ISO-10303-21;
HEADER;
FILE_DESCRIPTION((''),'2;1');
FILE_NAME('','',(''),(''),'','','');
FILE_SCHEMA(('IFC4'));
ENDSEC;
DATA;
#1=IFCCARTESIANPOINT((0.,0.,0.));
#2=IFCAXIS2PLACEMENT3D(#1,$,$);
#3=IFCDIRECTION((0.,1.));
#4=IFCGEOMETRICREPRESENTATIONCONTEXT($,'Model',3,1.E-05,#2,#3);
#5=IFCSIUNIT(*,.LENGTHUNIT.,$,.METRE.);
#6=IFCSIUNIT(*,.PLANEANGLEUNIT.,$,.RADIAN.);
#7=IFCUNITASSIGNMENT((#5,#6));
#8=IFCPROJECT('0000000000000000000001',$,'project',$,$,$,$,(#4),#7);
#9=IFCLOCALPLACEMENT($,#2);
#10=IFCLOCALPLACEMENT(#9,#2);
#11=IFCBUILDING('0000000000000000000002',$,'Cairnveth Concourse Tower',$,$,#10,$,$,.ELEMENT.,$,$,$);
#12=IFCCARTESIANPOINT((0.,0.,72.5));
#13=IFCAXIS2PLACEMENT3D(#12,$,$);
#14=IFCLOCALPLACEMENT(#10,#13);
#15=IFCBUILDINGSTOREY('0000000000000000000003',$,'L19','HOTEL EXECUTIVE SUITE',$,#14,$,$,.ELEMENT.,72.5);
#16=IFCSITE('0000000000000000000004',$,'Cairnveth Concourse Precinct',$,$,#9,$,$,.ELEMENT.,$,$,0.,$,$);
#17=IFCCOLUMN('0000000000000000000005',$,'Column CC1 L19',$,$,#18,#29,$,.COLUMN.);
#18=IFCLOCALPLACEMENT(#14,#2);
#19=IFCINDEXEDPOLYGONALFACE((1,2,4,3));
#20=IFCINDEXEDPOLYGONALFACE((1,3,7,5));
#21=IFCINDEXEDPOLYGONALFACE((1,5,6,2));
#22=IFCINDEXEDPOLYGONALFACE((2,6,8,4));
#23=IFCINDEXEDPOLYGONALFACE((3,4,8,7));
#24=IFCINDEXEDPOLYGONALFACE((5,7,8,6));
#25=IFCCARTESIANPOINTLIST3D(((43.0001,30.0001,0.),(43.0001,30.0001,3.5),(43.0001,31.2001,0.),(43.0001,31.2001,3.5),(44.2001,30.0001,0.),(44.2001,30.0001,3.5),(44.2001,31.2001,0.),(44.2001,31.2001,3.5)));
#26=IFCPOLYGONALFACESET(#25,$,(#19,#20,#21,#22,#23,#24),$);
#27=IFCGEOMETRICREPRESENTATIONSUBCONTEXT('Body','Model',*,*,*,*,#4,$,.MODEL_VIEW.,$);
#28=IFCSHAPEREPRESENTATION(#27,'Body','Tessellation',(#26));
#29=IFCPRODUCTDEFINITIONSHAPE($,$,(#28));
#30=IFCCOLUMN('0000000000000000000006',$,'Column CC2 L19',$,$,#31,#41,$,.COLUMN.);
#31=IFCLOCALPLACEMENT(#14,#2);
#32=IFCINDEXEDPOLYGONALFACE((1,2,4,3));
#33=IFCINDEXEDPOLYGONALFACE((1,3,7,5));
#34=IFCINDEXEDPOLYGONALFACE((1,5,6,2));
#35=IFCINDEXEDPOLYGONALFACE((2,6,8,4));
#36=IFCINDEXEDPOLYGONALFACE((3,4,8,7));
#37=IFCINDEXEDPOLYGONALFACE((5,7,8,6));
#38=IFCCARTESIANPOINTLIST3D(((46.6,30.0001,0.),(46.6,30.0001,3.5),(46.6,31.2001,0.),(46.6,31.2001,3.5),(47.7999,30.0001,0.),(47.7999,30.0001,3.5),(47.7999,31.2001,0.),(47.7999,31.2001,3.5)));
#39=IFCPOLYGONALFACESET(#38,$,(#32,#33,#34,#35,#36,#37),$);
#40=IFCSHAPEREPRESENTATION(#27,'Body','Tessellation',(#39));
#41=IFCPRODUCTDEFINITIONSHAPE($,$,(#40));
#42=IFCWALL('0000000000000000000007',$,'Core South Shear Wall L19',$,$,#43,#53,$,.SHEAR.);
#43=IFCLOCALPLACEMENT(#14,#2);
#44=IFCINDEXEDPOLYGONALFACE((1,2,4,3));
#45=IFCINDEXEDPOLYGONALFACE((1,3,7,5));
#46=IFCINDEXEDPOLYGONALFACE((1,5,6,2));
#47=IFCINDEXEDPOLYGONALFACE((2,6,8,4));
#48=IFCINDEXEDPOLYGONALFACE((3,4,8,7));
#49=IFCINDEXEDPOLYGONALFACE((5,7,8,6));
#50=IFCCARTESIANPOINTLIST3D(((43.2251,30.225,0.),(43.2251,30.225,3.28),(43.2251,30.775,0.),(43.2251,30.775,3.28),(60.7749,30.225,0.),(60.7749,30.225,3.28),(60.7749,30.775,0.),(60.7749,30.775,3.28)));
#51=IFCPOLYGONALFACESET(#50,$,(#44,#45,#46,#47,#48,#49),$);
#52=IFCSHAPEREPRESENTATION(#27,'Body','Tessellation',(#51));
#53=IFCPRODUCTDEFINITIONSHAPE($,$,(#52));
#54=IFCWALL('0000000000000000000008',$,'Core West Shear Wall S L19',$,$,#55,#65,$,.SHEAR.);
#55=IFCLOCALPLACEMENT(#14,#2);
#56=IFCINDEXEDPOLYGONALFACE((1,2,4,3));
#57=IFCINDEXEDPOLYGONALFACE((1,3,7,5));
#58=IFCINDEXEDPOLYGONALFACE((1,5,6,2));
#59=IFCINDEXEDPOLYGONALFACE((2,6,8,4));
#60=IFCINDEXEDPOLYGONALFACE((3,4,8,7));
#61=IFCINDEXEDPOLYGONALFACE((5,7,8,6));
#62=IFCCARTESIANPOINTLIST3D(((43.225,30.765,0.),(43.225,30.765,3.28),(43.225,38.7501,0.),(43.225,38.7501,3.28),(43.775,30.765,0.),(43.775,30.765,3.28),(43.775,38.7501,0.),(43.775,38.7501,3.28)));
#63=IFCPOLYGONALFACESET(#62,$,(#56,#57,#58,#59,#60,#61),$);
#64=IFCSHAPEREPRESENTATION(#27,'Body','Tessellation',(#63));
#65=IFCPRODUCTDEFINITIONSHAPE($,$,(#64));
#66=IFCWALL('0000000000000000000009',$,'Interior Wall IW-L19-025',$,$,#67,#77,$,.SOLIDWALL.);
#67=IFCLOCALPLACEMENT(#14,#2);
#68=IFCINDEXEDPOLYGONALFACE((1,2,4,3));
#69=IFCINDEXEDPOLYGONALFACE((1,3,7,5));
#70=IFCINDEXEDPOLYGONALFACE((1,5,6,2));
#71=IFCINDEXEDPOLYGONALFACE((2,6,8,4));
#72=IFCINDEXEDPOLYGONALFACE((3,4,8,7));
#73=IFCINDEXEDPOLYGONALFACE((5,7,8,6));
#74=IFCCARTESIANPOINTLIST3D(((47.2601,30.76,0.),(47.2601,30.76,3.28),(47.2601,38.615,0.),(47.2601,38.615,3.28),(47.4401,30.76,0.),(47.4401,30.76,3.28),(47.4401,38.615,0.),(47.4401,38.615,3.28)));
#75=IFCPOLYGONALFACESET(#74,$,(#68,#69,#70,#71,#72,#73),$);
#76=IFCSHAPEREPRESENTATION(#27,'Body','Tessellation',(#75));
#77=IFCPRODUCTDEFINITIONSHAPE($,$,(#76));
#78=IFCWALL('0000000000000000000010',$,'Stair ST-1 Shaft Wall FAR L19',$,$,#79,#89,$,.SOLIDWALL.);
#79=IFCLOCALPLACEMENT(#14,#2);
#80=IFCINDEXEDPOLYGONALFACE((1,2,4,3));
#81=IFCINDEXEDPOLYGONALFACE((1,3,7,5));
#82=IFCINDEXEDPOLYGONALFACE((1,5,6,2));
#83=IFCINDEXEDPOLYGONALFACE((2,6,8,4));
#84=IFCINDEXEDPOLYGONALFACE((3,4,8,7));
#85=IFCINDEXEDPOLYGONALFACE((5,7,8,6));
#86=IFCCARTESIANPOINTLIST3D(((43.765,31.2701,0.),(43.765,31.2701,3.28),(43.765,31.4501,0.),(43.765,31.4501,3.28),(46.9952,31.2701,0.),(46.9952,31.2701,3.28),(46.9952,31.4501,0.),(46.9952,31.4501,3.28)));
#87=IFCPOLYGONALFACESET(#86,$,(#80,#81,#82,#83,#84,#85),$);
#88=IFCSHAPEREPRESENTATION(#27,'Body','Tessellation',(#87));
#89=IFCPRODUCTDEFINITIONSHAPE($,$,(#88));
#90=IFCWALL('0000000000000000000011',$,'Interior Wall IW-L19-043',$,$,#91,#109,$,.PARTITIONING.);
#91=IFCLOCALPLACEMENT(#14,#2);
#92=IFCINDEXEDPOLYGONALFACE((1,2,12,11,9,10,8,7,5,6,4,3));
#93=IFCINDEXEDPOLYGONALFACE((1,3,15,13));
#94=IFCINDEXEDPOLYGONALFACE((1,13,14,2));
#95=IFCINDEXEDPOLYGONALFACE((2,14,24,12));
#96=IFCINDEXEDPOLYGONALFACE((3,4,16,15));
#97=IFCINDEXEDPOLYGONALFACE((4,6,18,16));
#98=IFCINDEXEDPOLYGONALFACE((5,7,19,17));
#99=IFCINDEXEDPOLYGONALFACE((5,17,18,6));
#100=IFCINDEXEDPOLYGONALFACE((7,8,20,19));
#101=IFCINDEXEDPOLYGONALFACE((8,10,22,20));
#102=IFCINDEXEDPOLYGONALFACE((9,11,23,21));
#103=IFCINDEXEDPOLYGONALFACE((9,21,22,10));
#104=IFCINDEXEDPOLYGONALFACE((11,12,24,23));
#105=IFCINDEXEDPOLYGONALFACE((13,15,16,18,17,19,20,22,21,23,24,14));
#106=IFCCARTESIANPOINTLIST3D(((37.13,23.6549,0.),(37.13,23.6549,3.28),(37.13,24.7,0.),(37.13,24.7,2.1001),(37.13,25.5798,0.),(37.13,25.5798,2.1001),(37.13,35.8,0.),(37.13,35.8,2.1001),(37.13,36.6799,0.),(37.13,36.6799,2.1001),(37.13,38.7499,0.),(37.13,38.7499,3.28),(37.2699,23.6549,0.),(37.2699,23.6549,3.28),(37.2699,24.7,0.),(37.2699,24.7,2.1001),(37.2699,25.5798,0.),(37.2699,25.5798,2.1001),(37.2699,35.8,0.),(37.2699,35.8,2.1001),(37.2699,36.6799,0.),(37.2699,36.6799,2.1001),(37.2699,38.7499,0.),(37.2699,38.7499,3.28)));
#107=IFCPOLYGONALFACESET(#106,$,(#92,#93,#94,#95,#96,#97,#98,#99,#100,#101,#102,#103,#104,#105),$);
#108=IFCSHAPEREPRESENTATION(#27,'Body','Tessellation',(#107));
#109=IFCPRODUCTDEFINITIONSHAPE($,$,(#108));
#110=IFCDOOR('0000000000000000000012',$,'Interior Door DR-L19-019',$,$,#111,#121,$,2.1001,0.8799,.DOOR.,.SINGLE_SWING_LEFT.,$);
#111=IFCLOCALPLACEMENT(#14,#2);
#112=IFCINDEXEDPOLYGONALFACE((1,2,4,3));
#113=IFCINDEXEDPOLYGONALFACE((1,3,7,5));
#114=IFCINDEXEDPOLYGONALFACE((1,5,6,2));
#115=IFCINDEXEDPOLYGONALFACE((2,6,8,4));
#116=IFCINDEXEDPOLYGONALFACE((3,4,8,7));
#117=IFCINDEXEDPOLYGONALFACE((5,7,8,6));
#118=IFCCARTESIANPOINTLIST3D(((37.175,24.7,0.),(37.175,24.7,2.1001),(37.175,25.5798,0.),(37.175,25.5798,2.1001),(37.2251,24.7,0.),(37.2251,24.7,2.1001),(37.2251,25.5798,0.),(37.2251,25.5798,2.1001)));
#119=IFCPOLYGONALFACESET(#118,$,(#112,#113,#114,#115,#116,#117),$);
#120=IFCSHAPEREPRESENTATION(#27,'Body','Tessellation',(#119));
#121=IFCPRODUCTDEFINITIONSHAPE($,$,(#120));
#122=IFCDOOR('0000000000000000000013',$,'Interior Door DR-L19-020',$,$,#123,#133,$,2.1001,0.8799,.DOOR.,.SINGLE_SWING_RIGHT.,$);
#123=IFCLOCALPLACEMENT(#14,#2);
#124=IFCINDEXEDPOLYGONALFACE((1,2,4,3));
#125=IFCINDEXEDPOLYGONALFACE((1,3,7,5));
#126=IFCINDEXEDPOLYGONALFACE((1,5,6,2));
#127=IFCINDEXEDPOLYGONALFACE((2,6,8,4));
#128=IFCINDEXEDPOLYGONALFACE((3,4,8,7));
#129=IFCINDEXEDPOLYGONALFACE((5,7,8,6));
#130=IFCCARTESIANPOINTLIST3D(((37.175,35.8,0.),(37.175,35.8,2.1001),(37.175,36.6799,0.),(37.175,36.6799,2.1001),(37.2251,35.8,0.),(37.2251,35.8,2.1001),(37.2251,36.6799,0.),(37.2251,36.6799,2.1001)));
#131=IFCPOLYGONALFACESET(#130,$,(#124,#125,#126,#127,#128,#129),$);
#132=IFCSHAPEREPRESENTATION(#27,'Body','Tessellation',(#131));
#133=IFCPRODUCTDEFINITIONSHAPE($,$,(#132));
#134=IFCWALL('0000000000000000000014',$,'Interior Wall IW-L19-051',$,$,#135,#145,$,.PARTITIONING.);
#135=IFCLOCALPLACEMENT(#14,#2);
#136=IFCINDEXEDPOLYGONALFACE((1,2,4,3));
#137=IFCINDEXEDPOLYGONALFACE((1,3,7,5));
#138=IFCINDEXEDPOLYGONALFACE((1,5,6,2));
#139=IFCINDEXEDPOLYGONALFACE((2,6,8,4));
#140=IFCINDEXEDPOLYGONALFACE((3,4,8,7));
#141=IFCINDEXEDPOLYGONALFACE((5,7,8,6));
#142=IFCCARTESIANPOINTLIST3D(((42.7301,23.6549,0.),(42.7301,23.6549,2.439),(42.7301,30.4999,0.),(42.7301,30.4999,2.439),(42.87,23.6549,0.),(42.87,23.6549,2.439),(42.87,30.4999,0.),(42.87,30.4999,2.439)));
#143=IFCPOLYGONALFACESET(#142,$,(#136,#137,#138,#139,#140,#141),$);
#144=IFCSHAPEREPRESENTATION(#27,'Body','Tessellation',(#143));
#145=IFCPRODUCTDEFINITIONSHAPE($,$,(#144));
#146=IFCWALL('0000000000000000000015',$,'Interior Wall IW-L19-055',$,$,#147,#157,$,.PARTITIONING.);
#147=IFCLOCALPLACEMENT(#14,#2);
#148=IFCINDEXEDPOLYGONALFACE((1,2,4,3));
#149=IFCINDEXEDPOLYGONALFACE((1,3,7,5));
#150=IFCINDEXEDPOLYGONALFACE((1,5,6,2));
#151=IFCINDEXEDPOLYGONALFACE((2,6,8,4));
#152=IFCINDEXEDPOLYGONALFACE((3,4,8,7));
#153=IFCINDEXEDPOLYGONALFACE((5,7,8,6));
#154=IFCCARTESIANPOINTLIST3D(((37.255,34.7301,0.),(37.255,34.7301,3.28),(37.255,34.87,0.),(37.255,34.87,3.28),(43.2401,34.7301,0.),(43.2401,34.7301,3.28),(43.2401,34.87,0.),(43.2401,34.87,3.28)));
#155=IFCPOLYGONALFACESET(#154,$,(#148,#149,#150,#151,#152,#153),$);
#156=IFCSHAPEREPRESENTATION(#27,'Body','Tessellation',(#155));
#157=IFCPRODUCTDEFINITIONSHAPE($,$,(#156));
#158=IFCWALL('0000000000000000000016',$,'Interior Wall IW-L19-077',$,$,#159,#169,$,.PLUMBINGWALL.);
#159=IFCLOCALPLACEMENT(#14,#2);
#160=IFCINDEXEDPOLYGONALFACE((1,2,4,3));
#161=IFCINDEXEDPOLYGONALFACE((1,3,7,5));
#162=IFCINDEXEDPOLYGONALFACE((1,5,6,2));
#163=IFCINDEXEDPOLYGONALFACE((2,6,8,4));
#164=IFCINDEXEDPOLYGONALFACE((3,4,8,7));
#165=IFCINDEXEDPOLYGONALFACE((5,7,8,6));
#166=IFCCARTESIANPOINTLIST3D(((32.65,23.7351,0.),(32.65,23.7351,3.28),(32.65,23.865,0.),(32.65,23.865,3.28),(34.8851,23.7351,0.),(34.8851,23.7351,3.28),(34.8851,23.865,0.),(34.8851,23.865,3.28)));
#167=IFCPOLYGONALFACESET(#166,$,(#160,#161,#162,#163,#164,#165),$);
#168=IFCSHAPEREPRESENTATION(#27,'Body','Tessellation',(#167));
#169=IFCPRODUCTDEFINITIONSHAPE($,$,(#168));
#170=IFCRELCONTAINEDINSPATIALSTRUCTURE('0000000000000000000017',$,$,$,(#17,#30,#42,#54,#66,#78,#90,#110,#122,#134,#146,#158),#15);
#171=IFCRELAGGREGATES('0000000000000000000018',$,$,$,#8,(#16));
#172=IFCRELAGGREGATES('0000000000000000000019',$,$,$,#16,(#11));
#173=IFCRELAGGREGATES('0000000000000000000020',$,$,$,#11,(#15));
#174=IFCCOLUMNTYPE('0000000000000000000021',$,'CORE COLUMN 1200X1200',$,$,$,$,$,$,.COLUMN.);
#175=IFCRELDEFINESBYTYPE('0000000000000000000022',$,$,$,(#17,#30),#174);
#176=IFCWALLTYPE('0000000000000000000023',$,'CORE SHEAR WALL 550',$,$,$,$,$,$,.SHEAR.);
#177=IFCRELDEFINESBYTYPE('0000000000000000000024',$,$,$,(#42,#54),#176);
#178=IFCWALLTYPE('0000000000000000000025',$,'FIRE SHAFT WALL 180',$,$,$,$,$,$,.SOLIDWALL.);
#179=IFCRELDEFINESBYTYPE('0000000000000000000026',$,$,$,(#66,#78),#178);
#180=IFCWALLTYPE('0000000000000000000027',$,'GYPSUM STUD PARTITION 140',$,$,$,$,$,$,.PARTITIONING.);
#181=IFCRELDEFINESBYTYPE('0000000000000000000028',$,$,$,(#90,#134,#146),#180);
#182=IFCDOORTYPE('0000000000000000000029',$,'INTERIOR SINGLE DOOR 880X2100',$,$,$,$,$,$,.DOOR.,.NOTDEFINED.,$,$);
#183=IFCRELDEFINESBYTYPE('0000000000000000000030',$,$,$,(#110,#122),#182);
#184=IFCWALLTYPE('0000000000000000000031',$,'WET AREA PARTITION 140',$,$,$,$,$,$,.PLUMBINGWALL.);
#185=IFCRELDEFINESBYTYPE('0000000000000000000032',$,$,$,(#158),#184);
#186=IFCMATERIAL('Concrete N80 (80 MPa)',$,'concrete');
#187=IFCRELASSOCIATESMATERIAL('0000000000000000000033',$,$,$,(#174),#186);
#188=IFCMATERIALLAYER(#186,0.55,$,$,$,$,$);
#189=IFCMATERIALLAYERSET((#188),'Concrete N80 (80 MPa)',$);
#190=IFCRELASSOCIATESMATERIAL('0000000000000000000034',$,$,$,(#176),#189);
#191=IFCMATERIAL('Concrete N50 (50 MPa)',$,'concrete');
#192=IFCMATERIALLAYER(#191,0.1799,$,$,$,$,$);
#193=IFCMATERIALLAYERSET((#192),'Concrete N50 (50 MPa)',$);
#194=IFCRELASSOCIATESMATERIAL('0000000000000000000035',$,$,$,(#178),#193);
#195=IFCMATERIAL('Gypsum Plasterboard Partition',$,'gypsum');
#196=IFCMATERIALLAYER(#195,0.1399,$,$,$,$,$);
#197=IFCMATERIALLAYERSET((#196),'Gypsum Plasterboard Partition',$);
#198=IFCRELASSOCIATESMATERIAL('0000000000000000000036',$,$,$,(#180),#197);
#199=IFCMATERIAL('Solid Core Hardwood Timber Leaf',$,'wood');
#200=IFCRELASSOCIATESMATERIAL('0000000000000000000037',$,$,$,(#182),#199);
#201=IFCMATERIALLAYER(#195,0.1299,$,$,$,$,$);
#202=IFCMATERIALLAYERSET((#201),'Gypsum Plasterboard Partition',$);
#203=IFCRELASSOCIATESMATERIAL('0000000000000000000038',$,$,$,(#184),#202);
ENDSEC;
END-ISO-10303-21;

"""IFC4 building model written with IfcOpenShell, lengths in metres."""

from ifc_helpers import new_model, si_unit, direction, frame, frame_2d, origin, origin_2d, place, context, subcontext, project, spatial, rectangle, extrude, material, layer, layer_set, material_profile, profile_set, type_object, element, fill, save


model = new_model("IFC4")

# Units and contexts
model_context = context("Model", 3, precision=1e-05, world=origin(), true_north=direction((0.0, 1.0)))
body_context = subcontext(model_context, "Body", "Model", "MODEL_VIEW")
ifc_project = project(units=[si_unit("LENGTHUNIT", "METRE"), si_unit("PLANEANGLEUNIT", "RADIAN")], contexts=[model_context])

# Site, building, storey
site_placement = place(None, origin())
site = spatial("IfcSite", under=ifc_project, at=site_placement, Name="Cairnveth Concourse Precinct", CompositionType="ELEMENT", RefElevation=0.0)
building_placement = place(site_placement, origin())
building = spatial("IfcBuilding", under=site, at=building_placement, Name="Cairnveth Concourse Tower", CompositionType="ELEMENT")
storey_placement = place(building_placement, frame((0.0, 0.0, 72.5)))
storey = spatial("IfcBuildingStorey", under=building, at=storey_placement, Name="L19", Description="HOTEL EXECUTIVE SUITE", CompositionType="ELEMENT", Elevation=72.5)

# Columns
ifc_material_1 = material(Name="Concrete N80 (80 MPa)", Category="concrete")
ifc_material_profile = material_profile(ifc_material_1, rectangle(XDim=1.2, YDim=1.2, at=origin_2d()), Name="RC-COL-1200x1200")
ifc_profile_set = profile_set([ifc_material_profile], Name="Concrete N80 (80 MPa)")
column_type = type_object("IfcColumnType", Name="CORE COLUMN 1200X1200", PredefinedType="COLUMN", material=ifc_profile_set)
for number, where, z_axis, x_axis, name in (
    (1, (43.6001, 30.6001, 0.0), (0.0, 0.0, 1.0), (1.0, 0.0, 0.0), "Column CC1 L19"),
    (2, (47.2, 30.6001, 0.0), (0.0, 0.0, 1.0), (1.0, 0.0, 0.0), "Column CC2 L19"),
):
    element("IfcColumn", number, at=place(storey_placement, frame(where, z_axis=z_axis, x_axis=x_axis)), inside=storey, type_object=column_type, Name=name, PredefinedType="COLUMN", context=body_context, shape_type="SweptSolid", body=[
        extrude(rectangle(XDim=1.2, YDim=1.2, at=origin_2d()), origin(), (0.0, 0.0, 1.0), 3.5),
    ])

# Walls
ifc_layer_1 = layer(ifc_material_1, 0.55)
ifc_layer_set_1 = layer_set([ifc_layer_1], Name="Concrete N80 (80 MPa)")
wall_type_1 = type_object("IfcWallType", Name="CORE SHEAR WALL 550", PredefinedType="SHEAR", material=ifc_layer_set_1)
wall_1_placement = place(storey_placement, frame((43.2251, 30.5, 0.0), z_axis=(0.0, 0.0, 1.0), x_axis=(1.0, 0.0, 0.0)))
element("IfcWall", 3, at=wall_1_placement, inside=storey, type_object=wall_type_1, Name="Core South Shear Wall L19", PredefinedType="SHEAR", context=body_context, shape_type="SweptSolid", body=[
    extrude(rectangle(XDim=17.5498, YDim=0.55, at=frame_2d((8.7749, 0.0))), origin(), (0.0, 0.0, 1.0), 3.28),
])
wall_2_placement = place(storey_placement, frame((43.5, 30.7649, 0.0), z_axis=(0.0, 0.0, 1.0), x_axis=(0.0, 1.0, 0.0)))
element("IfcWall", 4, at=wall_2_placement, inside=storey, type_object=wall_type_1, Name="Core West Shear Wall S L19", PredefinedType="SHEAR", context=body_context, shape_type="SweptSolid", body=[
    extrude(rectangle(XDim=7.9851, YDim=0.55, at=frame_2d((3.9927, 0.0))), origin(), (0.0, 0.0, 1.0), 3.28),
])
ifc_material_2 = material(Name="Concrete N50 (50 MPa)", Category="concrete")
ifc_layer_2 = layer(ifc_material_2, 0.1799)
ifc_layer_set_2 = layer_set([ifc_layer_2], Name="Concrete N50 (50 MPa)")
wall_type_2 = type_object("IfcWallType", Name="FIRE SHAFT WALL 180", PredefinedType="SOLIDWALL", material=ifc_layer_set_2)
wall_3_placement = place(storey_placement, frame((47.3501, 30.76, 0.0), z_axis=(0.0, 0.0, 1.0), x_axis=(0.0, 1.0, 0.0)))
element("IfcWall", 5, at=wall_3_placement, inside=storey, type_object=wall_type_2, Name="Interior Wall IW-L19-025", PredefinedType="SOLIDWALL", context=body_context, shape_type="SweptSolid", body=[
    extrude(rectangle(XDim=7.855, YDim=0.1799, at=frame_2d((3.9275, 0.0))), origin(), (0.0, 0.0, 1.0), 3.28),
])
wall_4_placement = place(storey_placement, frame((43.7649, 31.3601, 0.0), z_axis=(0.0, 0.0, 1.0), x_axis=(1.0, 0.0, 0.0)))
element("IfcWall", 6, at=wall_4_placement, inside=storey, type_object=wall_type_2, Name="Stair ST-1 Shaft Wall FAR L19", PredefinedType="SOLIDWALL", context=body_context, shape_type="SweptSolid", body=[
    extrude(rectangle(XDim=3.2302, YDim=0.1799, at=frame_2d((1.6152, 0.0))), origin(), (0.0, 0.0, 1.0), 3.28),
])

# Wall, openings, doors
ifc_material_3 = material(Name="Gypsum Plasterboard Partition", Category="gypsum")
ifc_layer_3 = layer(ifc_material_3, 0.1399)
ifc_layer_set_3 = layer_set([ifc_layer_3], Name="Gypsum Plasterboard Partition")
wall_type_3 = type_object("IfcWallType", Name="GYPSUM STUD PARTITION 140", PredefinedType="PARTITIONING", material=ifc_layer_set_3)
wall_5_placement = place(storey_placement, frame((37.2, 23.655, 0.0), z_axis=(0.0, 0.0, 1.0), x_axis=(0.0, 1.0, 0.0)))
wall_5 = element("IfcWall", 7, at=wall_5_placement, inside=storey, type_object=wall_type_3, Name="Interior Wall IW-L19-043", PredefinedType="PARTITIONING", context=body_context, shape_type="SweptSolid", body=[
    extrude(rectangle(XDim=15.095, YDim=0.1399, at=frame_2d((7.5474, 0.0))), origin(), (0.0, 0.0, 1.0), 3.28),
])
opening_1_placement = place(wall_5_placement, frame((1.0449, 0.0, 0.0)))
opening_1 = element("IfcOpeningElement", 8, at=opening_1_placement, cuts=wall_5, PredefinedType="OPENING", context=body_context, shape_type="SweptSolid", body=[
    extrude(rectangle(XDim=0.8799, YDim=2.1001, at=frame_2d((0.4399, 1.05))), frame((0.0, 0.0798, 0.0), z_axis=(0.0, -1.0, 0.0), x_axis=(1.0, 0.0, 0.0)), (0.0, 0.0, 1.0), 0.1599),
])
opening_2_placement = place(wall_5_placement, frame((12.145, 0.0, 0.0)))
opening_2 = element("IfcOpeningElement", 9, at=opening_2_placement, cuts=wall_5, PredefinedType="OPENING", context=body_context, shape_type="SweptSolid", body=[
    extrude(rectangle(XDim=0.8799, YDim=2.1001, at=frame_2d((0.4399, 1.05))), frame((0.0, 0.0798, 0.0), z_axis=(0.0, -1.0, 0.0), x_axis=(1.0, 0.0, 0.0)), (0.0, 0.0, 1.0), 0.1599),
])
ifc_material_4 = material(Name="Solid Core Hardwood Timber Leaf", Category="wood")
door_type = type_object("IfcDoorType", Name="INTERIOR SINGLE DOOR 880X2100", OperationType="NOTDEFINED", PredefinedType="DOOR", material=ifc_material_4)
door_1_placement = place(opening_1_placement, origin())
door_1 = element("IfcDoor", 10, at=door_1_placement, inside=storey, type_object=door_type, Name="Interior Door DR-L19-019", OperationType="SINGLE_SWING_LEFT", OverallHeight=2.1001, OverallWidth=0.8799, PredefinedType="DOOR", context=body_context, shape_type="SweptSolid", body=[
    extrude(rectangle(XDim=0.8799, YDim=2.1001, at=frame_2d((0.4399, 1.05))), frame((0.0, 0.0249, 0.0), z_axis=(0.0, -1.0, 0.0), x_axis=(1.0, 0.0, 0.0)), (0.0, 0.0, 1.0), 0.05),
])
fill(opening_1, door_1)
door_2_placement = place(opening_2_placement, origin())
door_2 = element("IfcDoor", 11, at=door_2_placement, inside=storey, type_object=door_type, Name="Interior Door DR-L19-020", OperationType="SINGLE_SWING_RIGHT", OverallHeight=2.1001, OverallWidth=0.8799, PredefinedType="DOOR", context=body_context, shape_type="SweptSolid", body=[
    extrude(rectangle(XDim=0.8799, YDim=2.1001, at=frame_2d((0.4399, 1.05))), frame((0.0, 0.0249, 0.0), z_axis=(0.0, -1.0, 0.0), x_axis=(1.0, 0.0, 0.0)), (0.0, 0.0, 1.0), 0.05),
])
fill(opening_2, door_2)

# Walls
wall_6_placement = place(storey_placement, frame((42.8, 23.655, 0.0), z_axis=(0.0, 0.0, 1.0), x_axis=(0.0, 1.0, 0.0)))
element("IfcWall", 12, at=wall_6_placement, inside=storey, type_object=wall_type_3, Name="Interior Wall IW-L19-051", PredefinedType="PARTITIONING", context=body_context, shape_type="SweptSolid", body=[
    extrude(rectangle(XDim=6.845, YDim=0.1399, at=frame_2d((3.4224, 0.0))), origin(), (0.0, 0.0, 1.0), 2.439),
])
wall_7_placement = place(storey_placement, frame((37.2549, 34.8, 0.0), z_axis=(0.0, 0.0, 1.0), x_axis=(1.0, 0.0, 0.0)))
element("IfcWall", 13, at=wall_7_placement, inside=storey, type_object=wall_type_3, Name="Interior Wall IW-L19-055", PredefinedType="PARTITIONING", context=body_context, shape_type="SweptSolid", body=[
    extrude(rectangle(XDim=5.9851, YDim=0.1399, at=frame_2d((2.9927, 0.0))), origin(), (0.0, 0.0, 1.0), 3.28),
])
ifc_layer_4 = layer(ifc_material_3, 0.1299)
ifc_layer_set_4 = layer_set([ifc_layer_4], Name="Gypsum Plasterboard Partition")
wall_type_4 = type_object("IfcWallType", Name="WET AREA PARTITION 140", PredefinedType="PLUMBINGWALL", material=ifc_layer_set_4)
wall_8_placement = place(storey_placement, frame((32.6499, 23.8, 0.0), z_axis=(0.0, 0.0, 1.0), x_axis=(1.0, 0.0, 0.0)))
element("IfcWall", 14, at=wall_8_placement, inside=storey, type_object=wall_type_4, Name="Interior Wall IW-L19-077", PredefinedType="PLUMBINGWALL", context=body_context, shape_type="SweptSolid", body=[
    extrude(rectangle(XDim=2.2351, YDim=0.1299, at=frame_2d((1.1177, 0.0))), origin(), (0.0, 0.0, 1.0), 3.28),
])

save(model, "model.ifc")
